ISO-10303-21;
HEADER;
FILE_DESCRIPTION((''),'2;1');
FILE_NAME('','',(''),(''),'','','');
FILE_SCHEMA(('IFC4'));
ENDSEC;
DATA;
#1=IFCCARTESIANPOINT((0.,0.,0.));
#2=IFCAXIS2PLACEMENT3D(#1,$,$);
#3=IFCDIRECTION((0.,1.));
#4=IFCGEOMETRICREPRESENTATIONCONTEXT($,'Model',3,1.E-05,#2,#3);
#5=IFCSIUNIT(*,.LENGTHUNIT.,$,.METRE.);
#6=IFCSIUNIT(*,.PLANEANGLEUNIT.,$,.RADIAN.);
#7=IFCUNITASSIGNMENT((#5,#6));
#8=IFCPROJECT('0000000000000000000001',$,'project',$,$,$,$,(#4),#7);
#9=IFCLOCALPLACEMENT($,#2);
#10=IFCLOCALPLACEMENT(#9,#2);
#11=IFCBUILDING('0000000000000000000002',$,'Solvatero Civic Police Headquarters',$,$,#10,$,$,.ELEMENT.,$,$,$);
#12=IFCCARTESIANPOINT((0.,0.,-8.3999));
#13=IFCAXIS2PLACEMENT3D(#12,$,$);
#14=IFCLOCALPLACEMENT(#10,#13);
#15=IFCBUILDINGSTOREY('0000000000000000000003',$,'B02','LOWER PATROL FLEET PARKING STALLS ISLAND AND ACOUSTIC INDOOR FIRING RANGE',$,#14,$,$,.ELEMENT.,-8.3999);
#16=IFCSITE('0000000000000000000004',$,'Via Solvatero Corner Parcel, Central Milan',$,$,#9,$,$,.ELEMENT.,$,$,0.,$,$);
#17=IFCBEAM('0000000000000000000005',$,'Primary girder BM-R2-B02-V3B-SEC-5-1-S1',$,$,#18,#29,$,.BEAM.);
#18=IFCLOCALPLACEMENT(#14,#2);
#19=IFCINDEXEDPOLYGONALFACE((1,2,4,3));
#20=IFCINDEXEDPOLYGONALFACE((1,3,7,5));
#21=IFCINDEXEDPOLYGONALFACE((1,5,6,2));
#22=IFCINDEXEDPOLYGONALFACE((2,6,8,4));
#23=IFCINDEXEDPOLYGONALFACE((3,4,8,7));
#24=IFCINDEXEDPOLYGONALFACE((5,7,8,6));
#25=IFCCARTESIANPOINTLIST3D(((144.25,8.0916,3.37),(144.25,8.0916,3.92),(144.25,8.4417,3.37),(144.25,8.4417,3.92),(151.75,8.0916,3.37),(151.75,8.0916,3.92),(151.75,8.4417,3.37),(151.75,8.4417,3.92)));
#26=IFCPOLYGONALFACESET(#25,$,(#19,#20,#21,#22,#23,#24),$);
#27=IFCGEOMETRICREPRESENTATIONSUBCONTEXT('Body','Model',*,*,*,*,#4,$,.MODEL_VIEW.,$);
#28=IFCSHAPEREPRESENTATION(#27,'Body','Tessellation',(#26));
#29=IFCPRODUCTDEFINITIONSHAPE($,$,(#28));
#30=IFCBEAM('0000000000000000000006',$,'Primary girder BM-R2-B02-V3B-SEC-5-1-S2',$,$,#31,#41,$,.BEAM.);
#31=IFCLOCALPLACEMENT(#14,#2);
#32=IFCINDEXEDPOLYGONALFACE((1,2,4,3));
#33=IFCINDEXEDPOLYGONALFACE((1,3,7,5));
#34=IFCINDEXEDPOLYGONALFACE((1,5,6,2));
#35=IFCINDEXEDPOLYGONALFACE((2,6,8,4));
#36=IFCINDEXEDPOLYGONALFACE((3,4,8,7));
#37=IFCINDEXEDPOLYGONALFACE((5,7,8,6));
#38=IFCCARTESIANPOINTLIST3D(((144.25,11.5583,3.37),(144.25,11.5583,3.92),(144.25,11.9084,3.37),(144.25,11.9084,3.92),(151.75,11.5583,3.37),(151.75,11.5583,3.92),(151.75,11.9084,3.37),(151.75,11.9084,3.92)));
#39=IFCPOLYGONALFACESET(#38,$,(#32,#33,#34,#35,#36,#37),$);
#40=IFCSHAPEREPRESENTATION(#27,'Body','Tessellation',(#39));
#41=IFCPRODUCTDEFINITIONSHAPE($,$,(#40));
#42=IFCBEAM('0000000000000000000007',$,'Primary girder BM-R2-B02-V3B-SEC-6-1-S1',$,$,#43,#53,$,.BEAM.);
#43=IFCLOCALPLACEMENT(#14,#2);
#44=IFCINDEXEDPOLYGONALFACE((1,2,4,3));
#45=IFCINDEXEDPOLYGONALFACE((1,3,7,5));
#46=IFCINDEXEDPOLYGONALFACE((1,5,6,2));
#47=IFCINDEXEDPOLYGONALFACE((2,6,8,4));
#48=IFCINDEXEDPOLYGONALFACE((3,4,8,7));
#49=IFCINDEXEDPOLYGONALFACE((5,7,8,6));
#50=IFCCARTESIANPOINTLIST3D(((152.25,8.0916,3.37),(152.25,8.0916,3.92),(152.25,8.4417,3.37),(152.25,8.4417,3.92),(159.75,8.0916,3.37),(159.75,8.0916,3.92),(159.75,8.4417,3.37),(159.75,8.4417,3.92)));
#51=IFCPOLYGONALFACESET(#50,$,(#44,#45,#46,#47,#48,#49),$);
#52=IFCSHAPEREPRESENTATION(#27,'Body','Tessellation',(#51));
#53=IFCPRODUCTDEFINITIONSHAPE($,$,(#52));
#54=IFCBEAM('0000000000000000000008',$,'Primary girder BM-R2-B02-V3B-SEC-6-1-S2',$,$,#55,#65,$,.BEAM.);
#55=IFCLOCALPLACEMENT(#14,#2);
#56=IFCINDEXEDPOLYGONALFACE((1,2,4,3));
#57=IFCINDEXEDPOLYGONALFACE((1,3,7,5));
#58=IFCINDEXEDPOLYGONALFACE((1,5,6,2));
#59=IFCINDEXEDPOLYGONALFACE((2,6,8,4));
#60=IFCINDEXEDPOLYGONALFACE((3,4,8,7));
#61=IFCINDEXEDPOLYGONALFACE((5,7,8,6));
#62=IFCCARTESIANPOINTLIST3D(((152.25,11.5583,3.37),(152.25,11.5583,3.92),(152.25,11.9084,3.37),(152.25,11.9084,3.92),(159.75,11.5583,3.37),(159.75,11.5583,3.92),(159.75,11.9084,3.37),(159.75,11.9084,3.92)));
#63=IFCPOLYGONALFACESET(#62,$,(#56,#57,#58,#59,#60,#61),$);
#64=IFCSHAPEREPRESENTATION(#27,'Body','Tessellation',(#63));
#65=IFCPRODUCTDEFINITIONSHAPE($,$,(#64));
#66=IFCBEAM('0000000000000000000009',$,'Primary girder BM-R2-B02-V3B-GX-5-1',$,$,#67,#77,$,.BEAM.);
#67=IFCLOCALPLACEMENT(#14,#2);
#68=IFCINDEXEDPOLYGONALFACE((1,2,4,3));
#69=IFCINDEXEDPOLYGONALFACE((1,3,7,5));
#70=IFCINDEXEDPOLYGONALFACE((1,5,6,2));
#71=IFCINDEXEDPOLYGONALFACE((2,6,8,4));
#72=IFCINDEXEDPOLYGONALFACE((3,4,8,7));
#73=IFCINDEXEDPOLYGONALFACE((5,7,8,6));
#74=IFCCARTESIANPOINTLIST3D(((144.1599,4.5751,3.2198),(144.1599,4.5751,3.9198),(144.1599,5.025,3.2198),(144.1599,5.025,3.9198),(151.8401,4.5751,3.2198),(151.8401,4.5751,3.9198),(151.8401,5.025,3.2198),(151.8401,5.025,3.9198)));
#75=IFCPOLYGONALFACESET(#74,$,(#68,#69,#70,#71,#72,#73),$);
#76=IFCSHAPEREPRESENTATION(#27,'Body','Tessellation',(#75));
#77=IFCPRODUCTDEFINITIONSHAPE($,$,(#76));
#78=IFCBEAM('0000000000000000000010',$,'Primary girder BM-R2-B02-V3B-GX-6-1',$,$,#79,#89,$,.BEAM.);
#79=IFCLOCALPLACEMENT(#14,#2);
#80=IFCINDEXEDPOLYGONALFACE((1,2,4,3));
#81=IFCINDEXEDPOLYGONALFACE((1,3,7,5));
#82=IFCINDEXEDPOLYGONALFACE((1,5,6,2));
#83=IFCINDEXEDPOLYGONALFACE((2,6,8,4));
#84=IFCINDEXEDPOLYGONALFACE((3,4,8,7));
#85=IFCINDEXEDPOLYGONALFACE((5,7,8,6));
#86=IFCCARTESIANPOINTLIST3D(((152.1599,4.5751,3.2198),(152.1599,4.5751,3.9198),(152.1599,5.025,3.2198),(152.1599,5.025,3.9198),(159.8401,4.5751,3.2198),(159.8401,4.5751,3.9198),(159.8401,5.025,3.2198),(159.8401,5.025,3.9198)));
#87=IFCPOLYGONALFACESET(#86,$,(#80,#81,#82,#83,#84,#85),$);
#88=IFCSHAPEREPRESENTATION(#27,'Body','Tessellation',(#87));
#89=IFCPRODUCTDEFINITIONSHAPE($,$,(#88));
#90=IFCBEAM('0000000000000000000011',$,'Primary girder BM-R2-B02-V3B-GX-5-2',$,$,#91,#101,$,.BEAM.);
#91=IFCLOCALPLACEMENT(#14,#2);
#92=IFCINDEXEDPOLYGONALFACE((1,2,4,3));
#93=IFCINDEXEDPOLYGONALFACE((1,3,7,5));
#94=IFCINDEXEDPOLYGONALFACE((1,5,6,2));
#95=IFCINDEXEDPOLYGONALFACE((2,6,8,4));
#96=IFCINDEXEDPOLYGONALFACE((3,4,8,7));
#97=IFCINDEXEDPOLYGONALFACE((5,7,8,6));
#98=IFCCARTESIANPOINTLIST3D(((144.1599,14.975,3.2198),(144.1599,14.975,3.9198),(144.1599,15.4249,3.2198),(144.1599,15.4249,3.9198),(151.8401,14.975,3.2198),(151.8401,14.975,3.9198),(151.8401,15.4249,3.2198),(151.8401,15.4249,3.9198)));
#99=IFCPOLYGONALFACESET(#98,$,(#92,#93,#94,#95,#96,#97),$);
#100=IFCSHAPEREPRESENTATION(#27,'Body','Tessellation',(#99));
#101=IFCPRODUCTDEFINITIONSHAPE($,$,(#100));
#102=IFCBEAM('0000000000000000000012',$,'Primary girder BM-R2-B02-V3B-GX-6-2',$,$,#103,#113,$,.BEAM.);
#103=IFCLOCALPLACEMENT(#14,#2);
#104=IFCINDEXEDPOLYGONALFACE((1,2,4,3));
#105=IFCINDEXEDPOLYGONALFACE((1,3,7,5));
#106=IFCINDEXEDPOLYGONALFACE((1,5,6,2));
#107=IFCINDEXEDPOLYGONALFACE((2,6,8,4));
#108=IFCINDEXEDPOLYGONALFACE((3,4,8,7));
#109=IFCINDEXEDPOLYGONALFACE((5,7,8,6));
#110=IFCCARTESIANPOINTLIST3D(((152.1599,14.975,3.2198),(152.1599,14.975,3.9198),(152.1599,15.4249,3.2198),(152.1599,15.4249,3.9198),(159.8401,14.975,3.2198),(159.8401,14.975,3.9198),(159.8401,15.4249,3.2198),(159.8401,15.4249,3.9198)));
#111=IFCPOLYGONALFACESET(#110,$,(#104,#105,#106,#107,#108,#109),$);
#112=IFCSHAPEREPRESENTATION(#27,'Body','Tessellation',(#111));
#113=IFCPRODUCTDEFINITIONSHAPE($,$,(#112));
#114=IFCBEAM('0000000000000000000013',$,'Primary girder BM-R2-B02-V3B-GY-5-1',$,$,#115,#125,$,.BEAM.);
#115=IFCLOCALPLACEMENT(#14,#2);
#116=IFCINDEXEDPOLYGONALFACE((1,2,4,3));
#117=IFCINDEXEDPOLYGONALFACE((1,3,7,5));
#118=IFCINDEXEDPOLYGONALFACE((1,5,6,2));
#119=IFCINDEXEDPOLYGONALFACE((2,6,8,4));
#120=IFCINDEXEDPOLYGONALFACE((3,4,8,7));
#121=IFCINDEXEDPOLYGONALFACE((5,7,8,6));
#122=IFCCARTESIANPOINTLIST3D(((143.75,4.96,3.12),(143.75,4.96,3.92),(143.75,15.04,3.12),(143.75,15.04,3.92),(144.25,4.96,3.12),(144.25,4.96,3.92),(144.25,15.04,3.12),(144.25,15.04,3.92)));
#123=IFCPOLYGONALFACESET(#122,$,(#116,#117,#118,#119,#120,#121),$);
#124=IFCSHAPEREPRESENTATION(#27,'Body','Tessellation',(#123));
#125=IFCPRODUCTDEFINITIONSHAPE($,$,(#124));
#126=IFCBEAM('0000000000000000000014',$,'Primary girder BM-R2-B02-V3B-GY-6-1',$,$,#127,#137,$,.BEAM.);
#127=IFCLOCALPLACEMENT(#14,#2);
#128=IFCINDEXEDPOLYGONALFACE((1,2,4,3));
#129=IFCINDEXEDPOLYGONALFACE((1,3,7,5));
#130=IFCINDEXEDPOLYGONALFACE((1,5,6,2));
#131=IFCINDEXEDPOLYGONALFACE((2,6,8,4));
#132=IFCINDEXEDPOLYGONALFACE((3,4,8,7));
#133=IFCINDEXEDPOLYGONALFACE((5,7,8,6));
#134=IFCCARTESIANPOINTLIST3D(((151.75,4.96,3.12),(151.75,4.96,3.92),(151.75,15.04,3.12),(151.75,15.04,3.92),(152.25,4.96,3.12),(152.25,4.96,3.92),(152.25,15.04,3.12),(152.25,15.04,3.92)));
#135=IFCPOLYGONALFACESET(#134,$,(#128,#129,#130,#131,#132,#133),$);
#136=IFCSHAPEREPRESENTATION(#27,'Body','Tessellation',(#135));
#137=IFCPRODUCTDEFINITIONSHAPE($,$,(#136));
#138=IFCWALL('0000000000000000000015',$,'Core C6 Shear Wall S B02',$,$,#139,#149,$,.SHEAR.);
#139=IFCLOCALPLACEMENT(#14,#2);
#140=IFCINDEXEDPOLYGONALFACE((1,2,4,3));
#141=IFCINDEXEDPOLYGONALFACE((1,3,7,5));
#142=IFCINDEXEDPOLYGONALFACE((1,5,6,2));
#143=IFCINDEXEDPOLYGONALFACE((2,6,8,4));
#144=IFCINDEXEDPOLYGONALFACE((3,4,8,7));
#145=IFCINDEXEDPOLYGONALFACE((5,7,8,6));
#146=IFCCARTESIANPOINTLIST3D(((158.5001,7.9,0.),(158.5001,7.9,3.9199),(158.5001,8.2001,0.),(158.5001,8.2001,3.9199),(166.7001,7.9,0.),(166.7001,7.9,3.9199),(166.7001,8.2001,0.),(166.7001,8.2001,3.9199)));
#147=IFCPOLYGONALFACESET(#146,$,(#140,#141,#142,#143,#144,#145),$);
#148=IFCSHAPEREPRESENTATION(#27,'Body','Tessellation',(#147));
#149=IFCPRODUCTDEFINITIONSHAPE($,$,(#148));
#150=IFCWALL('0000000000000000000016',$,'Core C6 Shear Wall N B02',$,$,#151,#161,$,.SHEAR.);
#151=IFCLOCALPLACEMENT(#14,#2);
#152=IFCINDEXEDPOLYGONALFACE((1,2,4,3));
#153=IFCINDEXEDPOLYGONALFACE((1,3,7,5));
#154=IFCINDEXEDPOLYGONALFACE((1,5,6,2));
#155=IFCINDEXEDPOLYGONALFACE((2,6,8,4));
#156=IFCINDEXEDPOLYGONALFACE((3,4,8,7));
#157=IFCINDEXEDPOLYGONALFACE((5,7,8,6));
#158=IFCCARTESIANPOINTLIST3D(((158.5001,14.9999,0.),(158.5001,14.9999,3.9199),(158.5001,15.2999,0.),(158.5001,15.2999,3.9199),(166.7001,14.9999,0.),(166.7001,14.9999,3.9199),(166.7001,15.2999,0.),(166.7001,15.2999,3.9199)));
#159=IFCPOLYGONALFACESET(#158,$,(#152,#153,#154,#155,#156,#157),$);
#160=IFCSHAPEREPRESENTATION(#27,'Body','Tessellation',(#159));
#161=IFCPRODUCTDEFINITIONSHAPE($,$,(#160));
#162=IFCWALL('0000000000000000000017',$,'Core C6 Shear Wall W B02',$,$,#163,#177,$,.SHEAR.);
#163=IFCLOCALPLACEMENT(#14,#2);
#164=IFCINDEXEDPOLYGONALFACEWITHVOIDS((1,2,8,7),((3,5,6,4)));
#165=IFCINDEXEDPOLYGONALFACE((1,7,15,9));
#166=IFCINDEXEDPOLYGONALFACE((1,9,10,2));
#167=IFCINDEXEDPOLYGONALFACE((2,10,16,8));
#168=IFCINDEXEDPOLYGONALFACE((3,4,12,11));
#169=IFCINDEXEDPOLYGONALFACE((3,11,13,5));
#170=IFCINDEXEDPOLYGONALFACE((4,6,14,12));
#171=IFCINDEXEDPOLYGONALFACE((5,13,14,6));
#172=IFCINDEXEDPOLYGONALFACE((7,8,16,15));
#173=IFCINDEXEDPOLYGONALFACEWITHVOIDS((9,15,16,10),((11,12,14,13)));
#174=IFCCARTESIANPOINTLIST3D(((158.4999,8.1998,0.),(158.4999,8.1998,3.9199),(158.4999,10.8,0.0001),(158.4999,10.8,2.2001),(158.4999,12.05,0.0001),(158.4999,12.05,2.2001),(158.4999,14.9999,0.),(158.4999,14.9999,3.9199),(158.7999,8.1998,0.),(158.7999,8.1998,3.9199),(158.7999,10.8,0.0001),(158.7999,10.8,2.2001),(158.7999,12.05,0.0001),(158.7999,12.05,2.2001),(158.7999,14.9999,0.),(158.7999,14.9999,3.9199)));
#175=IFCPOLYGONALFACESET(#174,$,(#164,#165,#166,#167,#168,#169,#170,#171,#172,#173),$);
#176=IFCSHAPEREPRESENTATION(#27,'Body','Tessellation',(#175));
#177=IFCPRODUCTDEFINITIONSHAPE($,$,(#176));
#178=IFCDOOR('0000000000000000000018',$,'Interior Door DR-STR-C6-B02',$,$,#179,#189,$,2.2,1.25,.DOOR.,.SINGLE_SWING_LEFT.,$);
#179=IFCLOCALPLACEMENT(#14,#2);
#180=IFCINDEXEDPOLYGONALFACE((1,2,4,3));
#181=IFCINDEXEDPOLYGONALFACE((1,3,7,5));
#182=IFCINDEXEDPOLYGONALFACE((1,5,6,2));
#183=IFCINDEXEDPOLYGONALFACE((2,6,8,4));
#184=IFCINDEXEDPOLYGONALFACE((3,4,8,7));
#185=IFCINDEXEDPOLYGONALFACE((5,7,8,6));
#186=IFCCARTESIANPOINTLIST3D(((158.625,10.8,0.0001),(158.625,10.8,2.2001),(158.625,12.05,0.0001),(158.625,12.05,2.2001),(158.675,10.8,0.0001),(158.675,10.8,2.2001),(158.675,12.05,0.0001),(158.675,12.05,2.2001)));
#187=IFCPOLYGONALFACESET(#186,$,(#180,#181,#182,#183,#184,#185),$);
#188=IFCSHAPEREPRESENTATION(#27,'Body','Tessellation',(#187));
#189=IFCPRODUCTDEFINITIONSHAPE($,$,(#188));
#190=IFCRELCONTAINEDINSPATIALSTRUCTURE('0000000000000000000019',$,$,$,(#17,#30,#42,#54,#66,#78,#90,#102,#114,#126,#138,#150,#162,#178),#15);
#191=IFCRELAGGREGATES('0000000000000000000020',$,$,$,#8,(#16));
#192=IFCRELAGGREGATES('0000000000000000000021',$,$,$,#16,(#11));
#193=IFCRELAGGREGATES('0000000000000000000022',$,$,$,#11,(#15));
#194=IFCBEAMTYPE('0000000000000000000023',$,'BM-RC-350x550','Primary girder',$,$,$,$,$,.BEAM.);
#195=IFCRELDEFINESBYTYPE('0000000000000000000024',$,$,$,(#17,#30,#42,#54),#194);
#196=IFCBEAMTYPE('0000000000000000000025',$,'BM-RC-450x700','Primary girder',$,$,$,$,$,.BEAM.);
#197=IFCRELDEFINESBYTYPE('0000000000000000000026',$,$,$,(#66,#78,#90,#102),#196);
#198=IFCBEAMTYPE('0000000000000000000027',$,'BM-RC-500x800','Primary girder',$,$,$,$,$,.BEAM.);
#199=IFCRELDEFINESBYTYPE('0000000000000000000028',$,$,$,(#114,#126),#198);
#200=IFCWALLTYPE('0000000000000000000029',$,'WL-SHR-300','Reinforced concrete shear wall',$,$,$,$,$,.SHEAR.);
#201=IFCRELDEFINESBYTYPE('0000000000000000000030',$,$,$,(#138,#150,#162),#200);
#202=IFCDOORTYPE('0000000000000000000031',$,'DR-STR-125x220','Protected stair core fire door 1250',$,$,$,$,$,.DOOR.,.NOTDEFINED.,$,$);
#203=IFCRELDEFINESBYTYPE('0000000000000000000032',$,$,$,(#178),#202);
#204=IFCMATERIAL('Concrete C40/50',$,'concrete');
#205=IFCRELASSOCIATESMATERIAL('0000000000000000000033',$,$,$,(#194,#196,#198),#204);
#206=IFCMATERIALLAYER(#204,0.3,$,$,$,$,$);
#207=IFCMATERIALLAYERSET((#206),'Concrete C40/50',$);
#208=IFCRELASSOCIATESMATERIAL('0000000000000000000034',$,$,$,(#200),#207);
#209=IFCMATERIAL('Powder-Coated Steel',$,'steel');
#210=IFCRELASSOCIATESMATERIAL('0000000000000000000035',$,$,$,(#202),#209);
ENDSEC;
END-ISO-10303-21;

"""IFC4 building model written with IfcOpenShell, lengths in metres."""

from ifc_helpers import new_model, si_unit, direction, frame, frame_2d, origin, origin_2d, place, context, subcontext, project, spatial, rectangle, extrude, material, layer, layer_set, material_profile, profile_set, type_object, element, fill, save


model = new_model("IFC4")

# Units and contexts
model_context = context("Model", 3, precision=1e-05, world=origin(), true_north=direction((0.0, 1.0)))
body_context = subcontext(model_context, "Body", "Model", "MODEL_VIEW")
ifc_project = project(units=[si_unit("LENGTHUNIT", "METRE"), si_unit("PLANEANGLEUNIT", "RADIAN")], contexts=[model_context])

# Site, building, storey
site_placement = place(None, origin())
site = spatial("IfcSite", under=ifc_project, at=site_placement, Name="Via Solvatero Corner Parcel, Central Milan", CompositionType="ELEMENT", RefElevation=0.0)
building_placement = place(site_placement, origin())
building = spatial("IfcBuilding", under=site, at=building_placement, Name="Solvatero Civic Police Headquarters", CompositionType="ELEMENT")
storey_placement = place(building_placement, frame((0.0, 0.0, -8.3999)))
storey = spatial("IfcBuildingStorey", under=building, at=storey_placement, Name="B02", Description="LOWER PATROL FLEET PARKING STALLS ISLAND AND ACOUSTIC INDOOR FIRING RANGE", CompositionType="ELEMENT", Elevation=-8.3999)

# Shared definitions
ifc_material_1 = material(Name="Concrete C40/50", Category="concrete")

# Beams
ifc_material_profile_1 = material_profile(ifc_material_1, rectangle(XDim=0.3501, YDim=0.55, at=origin_2d()), Name="RC 350x550")
ifc_profile_set_1 = profile_set([ifc_material_profile_1], Name="Concrete C40/50")
beam_type_1 = type_object("IfcBeamType", Name="BM-RC-350x550", Description="Primary girder", PredefinedType="BEAM", material=ifc_profile_set_1)
for number, where, z_axis, x_axis, name in (
    (1, (144.25, 8.2666, 3.645), (1.0, 0.0, 0.0), (0.0, 1.0, 0.0), "Primary girder BM-R2-B02-V3B-SEC-5-1-S1"),
    (2, (144.25, 11.7334, 3.645), (1.0, 0.0, 0.0), (0.0, 1.0, 0.0), "Primary girder BM-R2-B02-V3B-SEC-5-1-S2"),
    (3, (152.25, 8.2666, 3.645), (1.0, 0.0, 0.0), (0.0, 1.0, 0.0), "Primary girder BM-R2-B02-V3B-SEC-6-1-S1"),
    (4, (152.25, 11.7334, 3.645), (1.0, 0.0, 0.0), (0.0, 1.0, 0.0), "Primary girder BM-R2-B02-V3B-SEC-6-1-S2"),
):
    element("IfcBeam", number, at=place(storey_placement, frame(where, z_axis=z_axis, x_axis=x_axis)), inside=storey, type_object=beam_type_1, Name=name, PredefinedType="BEAM", context=body_context, shape_type="SweptSolid", body=[
        extrude(rectangle(XDim=0.3501, YDim=0.55, at=origin_2d()), origin(), (0.0, 0.0, 1.0), 7.5),
    ])
ifc_material_profile_2 = material_profile(ifc_material_1, rectangle(XDim=0.45, YDim=0.7, at=origin_2d()), Name="RC 450x700")
ifc_profile_set_2 = profile_set([ifc_material_profile_2], Name="Concrete C40/50")
beam_type_2 = type_object("IfcBeamType", Name="BM-RC-450x700", Description="Primary girder", PredefinedType="BEAM", material=ifc_profile_set_2)
for number, where, z_axis, x_axis, name in (
    (5, (144.1599, 4.8, 3.5698), (1.0, 0.0, 0.0), (0.0, 1.0, 0.0), "Primary girder BM-R2-B02-V3B-GX-5-1"),
    (6, (152.1599, 4.8, 3.5698), (1.0, 0.0, 0.0), (0.0, 1.0, 0.0), "Primary girder BM-R2-B02-V3B-GX-6-1"),
    (7, (144.1599, 15.2, 3.5698), (1.0, 0.0, 0.0), (0.0, 1.0, 0.0), "Primary girder BM-R2-B02-V3B-GX-5-2"),
    (8, (152.1599, 15.2, 3.5698), (1.0, 0.0, 0.0), (0.0, 1.0, 0.0), "Primary girder BM-R2-B02-V3B-GX-6-2"),
):
    element("IfcBeam", number, at=place(storey_placement, frame(where, z_axis=z_axis, x_axis=x_axis)), inside=storey, type_object=beam_type_2, Name=name, PredefinedType="BEAM", context=body_context, shape_type="SweptSolid", body=[
        extrude(rectangle(XDim=0.45, YDim=0.7, at=origin_2d()), origin(), (0.0, 0.0, 1.0), 7.6802),
    ])
ifc_material_profile_3 = material_profile(ifc_material_1, rectangle(XDim=0.5, YDim=0.8, at=origin_2d()), Name="RC 500x800")
ifc_profile_set_3 = profile_set([ifc_material_profile_3], Name="Concrete C40/50")
beam_type_3 = type_object("IfcBeamType", Name="BM-RC-500x800", Description="Primary girder", PredefinedType="BEAM", material=ifc_profile_set_3)
for number, where, z_axis, x_axis, name in (
    (9, (144.0, 4.96, 3.52), (0.0, 1.0, 0.0), (-1.0, 0.0, 0.0), "Primary girder BM-R2-B02-V3B-GY-5-1"),
    (10, (152.0, 4.96, 3.52), (0.0, 1.0, 0.0), (-1.0, 0.0, 0.0), "Primary girder BM-R2-B02-V3B-GY-6-1"),
):
    element("IfcBeam", number, at=place(storey_placement, frame(where, z_axis=z_axis, x_axis=x_axis)), inside=storey, type_object=beam_type_3, Name=name, PredefinedType="BEAM", context=body_context, shape_type="SweptSolid", body=[
        extrude(rectangle(XDim=0.5, YDim=0.8, at=origin_2d()), origin(), (0.0, 0.0, 1.0), 10.0801),
    ])

# Walls
ifc_layer_1 = layer(ifc_material_1, 0.3)
ifc_layer_set_1 = layer_set([ifc_layer_1], Name="Concrete C40/50")
wall_type_1 = type_object("IfcWallType", Name="WL-SHR-300", Description="Reinforced concrete shear wall", PredefinedType="SHEAR", material=ifc_layer_set_1)
for number, where, z_axis, x_axis, name in (
    (11, (158.5, 8.05, 0.0), (0.0, 0.0, 1.0), (1.0, 0.0, 0.0), "Core C6 Shear Wall S B02"),
    (12, (158.5, 15.1499, 0.0), (0.0, 0.0, 1.0), (1.0, 0.0, 0.0), "Core C6 Shear Wall N B02"),
):
    element("IfcWall", number, at=place(storey_placement, frame(where, z_axis=z_axis, x_axis=x_axis)), inside=storey, type_object=wall_type_1, Name=name, PredefinedType="SHEAR", context=body_context, shape_type="SweptSolid", body=[
        extrude(rectangle(XDim=8.2, YDim=0.3, at=frame_2d((4.1001, 0.0))), origin(), (0.0, 0.0, 1.0), 3.9199),
    ])

# Wall, opening, door
wall_1_placement = place(storey_placement, frame((158.6499, 8.2, 0.0), z_axis=(0.0, 0.0, 1.0), x_axis=(0.0, 1.0, 0.0)))
wall_1 = element("IfcWall", 13, at=wall_1_placement, inside=storey, type_object=wall_type_1, Name="Core C6 Shear Wall W B02", PredefinedType="SHEAR", context=body_context, shape_type="SweptSolid", body=[
    extrude(rectangle(XDim=6.8, YDim=0.3, at=frame_2d((3.3999, 0.0))), origin(), (0.0, 0.0, 1.0), 3.9199),
])
opening_1_placement = place(wall_1_placement, frame((2.6001, 0.0, 0.0)))
opening_1 = element("IfcOpeningElement", 14, at=opening_1_placement, cuts=wall_1, PredefinedType="OPENING", context=body_context, shape_type="SweptSolid", body=[
    extrude(rectangle(XDim=1.25, YDim=2.2, at=frame_2d((0.625, 1.1001))), frame((0.0, 0.1599, 0.0), z_axis=(0.0, -1.0, 0.0), x_axis=(1.0, 0.0, 0.0)), (0.0, 0.0, 1.0), 0.3201),
])
ifc_material_2 = material(Name="Powder-Coated Steel", Category="steel")
door_type_1 = type_object("IfcDoorType", Name="DR-STR-125x220", Description="Protected stair core fire door 1250", OperationType="NOTDEFINED", PredefinedType="DOOR", material=ifc_material_2)
door_1_placement = place(opening_1_placement, origin())
door_1 = element("IfcDoor", 15, at=door_1_placement, inside=storey, type_object=door_type_1, Name="Interior Door DR-STR-C6-B02", OperationType="SINGLE_SWING_LEFT", OverallHeight=2.2, OverallWidth=1.25, PredefinedType="DOOR", context=body_context, shape_type="SweptSolid", body=[
    extrude(rectangle(XDim=1.25, YDim=2.2, at=frame_2d((0.625, 1.1001))), frame((0.0, 0.0249, 0.0), z_axis=(0.0, -1.0, 0.0), x_axis=(1.0, 0.0, 0.0)), (0.0, 0.0, 1.0), 0.05),
])
fill(opening_1, door_1)

save(model, "model.ifc")
